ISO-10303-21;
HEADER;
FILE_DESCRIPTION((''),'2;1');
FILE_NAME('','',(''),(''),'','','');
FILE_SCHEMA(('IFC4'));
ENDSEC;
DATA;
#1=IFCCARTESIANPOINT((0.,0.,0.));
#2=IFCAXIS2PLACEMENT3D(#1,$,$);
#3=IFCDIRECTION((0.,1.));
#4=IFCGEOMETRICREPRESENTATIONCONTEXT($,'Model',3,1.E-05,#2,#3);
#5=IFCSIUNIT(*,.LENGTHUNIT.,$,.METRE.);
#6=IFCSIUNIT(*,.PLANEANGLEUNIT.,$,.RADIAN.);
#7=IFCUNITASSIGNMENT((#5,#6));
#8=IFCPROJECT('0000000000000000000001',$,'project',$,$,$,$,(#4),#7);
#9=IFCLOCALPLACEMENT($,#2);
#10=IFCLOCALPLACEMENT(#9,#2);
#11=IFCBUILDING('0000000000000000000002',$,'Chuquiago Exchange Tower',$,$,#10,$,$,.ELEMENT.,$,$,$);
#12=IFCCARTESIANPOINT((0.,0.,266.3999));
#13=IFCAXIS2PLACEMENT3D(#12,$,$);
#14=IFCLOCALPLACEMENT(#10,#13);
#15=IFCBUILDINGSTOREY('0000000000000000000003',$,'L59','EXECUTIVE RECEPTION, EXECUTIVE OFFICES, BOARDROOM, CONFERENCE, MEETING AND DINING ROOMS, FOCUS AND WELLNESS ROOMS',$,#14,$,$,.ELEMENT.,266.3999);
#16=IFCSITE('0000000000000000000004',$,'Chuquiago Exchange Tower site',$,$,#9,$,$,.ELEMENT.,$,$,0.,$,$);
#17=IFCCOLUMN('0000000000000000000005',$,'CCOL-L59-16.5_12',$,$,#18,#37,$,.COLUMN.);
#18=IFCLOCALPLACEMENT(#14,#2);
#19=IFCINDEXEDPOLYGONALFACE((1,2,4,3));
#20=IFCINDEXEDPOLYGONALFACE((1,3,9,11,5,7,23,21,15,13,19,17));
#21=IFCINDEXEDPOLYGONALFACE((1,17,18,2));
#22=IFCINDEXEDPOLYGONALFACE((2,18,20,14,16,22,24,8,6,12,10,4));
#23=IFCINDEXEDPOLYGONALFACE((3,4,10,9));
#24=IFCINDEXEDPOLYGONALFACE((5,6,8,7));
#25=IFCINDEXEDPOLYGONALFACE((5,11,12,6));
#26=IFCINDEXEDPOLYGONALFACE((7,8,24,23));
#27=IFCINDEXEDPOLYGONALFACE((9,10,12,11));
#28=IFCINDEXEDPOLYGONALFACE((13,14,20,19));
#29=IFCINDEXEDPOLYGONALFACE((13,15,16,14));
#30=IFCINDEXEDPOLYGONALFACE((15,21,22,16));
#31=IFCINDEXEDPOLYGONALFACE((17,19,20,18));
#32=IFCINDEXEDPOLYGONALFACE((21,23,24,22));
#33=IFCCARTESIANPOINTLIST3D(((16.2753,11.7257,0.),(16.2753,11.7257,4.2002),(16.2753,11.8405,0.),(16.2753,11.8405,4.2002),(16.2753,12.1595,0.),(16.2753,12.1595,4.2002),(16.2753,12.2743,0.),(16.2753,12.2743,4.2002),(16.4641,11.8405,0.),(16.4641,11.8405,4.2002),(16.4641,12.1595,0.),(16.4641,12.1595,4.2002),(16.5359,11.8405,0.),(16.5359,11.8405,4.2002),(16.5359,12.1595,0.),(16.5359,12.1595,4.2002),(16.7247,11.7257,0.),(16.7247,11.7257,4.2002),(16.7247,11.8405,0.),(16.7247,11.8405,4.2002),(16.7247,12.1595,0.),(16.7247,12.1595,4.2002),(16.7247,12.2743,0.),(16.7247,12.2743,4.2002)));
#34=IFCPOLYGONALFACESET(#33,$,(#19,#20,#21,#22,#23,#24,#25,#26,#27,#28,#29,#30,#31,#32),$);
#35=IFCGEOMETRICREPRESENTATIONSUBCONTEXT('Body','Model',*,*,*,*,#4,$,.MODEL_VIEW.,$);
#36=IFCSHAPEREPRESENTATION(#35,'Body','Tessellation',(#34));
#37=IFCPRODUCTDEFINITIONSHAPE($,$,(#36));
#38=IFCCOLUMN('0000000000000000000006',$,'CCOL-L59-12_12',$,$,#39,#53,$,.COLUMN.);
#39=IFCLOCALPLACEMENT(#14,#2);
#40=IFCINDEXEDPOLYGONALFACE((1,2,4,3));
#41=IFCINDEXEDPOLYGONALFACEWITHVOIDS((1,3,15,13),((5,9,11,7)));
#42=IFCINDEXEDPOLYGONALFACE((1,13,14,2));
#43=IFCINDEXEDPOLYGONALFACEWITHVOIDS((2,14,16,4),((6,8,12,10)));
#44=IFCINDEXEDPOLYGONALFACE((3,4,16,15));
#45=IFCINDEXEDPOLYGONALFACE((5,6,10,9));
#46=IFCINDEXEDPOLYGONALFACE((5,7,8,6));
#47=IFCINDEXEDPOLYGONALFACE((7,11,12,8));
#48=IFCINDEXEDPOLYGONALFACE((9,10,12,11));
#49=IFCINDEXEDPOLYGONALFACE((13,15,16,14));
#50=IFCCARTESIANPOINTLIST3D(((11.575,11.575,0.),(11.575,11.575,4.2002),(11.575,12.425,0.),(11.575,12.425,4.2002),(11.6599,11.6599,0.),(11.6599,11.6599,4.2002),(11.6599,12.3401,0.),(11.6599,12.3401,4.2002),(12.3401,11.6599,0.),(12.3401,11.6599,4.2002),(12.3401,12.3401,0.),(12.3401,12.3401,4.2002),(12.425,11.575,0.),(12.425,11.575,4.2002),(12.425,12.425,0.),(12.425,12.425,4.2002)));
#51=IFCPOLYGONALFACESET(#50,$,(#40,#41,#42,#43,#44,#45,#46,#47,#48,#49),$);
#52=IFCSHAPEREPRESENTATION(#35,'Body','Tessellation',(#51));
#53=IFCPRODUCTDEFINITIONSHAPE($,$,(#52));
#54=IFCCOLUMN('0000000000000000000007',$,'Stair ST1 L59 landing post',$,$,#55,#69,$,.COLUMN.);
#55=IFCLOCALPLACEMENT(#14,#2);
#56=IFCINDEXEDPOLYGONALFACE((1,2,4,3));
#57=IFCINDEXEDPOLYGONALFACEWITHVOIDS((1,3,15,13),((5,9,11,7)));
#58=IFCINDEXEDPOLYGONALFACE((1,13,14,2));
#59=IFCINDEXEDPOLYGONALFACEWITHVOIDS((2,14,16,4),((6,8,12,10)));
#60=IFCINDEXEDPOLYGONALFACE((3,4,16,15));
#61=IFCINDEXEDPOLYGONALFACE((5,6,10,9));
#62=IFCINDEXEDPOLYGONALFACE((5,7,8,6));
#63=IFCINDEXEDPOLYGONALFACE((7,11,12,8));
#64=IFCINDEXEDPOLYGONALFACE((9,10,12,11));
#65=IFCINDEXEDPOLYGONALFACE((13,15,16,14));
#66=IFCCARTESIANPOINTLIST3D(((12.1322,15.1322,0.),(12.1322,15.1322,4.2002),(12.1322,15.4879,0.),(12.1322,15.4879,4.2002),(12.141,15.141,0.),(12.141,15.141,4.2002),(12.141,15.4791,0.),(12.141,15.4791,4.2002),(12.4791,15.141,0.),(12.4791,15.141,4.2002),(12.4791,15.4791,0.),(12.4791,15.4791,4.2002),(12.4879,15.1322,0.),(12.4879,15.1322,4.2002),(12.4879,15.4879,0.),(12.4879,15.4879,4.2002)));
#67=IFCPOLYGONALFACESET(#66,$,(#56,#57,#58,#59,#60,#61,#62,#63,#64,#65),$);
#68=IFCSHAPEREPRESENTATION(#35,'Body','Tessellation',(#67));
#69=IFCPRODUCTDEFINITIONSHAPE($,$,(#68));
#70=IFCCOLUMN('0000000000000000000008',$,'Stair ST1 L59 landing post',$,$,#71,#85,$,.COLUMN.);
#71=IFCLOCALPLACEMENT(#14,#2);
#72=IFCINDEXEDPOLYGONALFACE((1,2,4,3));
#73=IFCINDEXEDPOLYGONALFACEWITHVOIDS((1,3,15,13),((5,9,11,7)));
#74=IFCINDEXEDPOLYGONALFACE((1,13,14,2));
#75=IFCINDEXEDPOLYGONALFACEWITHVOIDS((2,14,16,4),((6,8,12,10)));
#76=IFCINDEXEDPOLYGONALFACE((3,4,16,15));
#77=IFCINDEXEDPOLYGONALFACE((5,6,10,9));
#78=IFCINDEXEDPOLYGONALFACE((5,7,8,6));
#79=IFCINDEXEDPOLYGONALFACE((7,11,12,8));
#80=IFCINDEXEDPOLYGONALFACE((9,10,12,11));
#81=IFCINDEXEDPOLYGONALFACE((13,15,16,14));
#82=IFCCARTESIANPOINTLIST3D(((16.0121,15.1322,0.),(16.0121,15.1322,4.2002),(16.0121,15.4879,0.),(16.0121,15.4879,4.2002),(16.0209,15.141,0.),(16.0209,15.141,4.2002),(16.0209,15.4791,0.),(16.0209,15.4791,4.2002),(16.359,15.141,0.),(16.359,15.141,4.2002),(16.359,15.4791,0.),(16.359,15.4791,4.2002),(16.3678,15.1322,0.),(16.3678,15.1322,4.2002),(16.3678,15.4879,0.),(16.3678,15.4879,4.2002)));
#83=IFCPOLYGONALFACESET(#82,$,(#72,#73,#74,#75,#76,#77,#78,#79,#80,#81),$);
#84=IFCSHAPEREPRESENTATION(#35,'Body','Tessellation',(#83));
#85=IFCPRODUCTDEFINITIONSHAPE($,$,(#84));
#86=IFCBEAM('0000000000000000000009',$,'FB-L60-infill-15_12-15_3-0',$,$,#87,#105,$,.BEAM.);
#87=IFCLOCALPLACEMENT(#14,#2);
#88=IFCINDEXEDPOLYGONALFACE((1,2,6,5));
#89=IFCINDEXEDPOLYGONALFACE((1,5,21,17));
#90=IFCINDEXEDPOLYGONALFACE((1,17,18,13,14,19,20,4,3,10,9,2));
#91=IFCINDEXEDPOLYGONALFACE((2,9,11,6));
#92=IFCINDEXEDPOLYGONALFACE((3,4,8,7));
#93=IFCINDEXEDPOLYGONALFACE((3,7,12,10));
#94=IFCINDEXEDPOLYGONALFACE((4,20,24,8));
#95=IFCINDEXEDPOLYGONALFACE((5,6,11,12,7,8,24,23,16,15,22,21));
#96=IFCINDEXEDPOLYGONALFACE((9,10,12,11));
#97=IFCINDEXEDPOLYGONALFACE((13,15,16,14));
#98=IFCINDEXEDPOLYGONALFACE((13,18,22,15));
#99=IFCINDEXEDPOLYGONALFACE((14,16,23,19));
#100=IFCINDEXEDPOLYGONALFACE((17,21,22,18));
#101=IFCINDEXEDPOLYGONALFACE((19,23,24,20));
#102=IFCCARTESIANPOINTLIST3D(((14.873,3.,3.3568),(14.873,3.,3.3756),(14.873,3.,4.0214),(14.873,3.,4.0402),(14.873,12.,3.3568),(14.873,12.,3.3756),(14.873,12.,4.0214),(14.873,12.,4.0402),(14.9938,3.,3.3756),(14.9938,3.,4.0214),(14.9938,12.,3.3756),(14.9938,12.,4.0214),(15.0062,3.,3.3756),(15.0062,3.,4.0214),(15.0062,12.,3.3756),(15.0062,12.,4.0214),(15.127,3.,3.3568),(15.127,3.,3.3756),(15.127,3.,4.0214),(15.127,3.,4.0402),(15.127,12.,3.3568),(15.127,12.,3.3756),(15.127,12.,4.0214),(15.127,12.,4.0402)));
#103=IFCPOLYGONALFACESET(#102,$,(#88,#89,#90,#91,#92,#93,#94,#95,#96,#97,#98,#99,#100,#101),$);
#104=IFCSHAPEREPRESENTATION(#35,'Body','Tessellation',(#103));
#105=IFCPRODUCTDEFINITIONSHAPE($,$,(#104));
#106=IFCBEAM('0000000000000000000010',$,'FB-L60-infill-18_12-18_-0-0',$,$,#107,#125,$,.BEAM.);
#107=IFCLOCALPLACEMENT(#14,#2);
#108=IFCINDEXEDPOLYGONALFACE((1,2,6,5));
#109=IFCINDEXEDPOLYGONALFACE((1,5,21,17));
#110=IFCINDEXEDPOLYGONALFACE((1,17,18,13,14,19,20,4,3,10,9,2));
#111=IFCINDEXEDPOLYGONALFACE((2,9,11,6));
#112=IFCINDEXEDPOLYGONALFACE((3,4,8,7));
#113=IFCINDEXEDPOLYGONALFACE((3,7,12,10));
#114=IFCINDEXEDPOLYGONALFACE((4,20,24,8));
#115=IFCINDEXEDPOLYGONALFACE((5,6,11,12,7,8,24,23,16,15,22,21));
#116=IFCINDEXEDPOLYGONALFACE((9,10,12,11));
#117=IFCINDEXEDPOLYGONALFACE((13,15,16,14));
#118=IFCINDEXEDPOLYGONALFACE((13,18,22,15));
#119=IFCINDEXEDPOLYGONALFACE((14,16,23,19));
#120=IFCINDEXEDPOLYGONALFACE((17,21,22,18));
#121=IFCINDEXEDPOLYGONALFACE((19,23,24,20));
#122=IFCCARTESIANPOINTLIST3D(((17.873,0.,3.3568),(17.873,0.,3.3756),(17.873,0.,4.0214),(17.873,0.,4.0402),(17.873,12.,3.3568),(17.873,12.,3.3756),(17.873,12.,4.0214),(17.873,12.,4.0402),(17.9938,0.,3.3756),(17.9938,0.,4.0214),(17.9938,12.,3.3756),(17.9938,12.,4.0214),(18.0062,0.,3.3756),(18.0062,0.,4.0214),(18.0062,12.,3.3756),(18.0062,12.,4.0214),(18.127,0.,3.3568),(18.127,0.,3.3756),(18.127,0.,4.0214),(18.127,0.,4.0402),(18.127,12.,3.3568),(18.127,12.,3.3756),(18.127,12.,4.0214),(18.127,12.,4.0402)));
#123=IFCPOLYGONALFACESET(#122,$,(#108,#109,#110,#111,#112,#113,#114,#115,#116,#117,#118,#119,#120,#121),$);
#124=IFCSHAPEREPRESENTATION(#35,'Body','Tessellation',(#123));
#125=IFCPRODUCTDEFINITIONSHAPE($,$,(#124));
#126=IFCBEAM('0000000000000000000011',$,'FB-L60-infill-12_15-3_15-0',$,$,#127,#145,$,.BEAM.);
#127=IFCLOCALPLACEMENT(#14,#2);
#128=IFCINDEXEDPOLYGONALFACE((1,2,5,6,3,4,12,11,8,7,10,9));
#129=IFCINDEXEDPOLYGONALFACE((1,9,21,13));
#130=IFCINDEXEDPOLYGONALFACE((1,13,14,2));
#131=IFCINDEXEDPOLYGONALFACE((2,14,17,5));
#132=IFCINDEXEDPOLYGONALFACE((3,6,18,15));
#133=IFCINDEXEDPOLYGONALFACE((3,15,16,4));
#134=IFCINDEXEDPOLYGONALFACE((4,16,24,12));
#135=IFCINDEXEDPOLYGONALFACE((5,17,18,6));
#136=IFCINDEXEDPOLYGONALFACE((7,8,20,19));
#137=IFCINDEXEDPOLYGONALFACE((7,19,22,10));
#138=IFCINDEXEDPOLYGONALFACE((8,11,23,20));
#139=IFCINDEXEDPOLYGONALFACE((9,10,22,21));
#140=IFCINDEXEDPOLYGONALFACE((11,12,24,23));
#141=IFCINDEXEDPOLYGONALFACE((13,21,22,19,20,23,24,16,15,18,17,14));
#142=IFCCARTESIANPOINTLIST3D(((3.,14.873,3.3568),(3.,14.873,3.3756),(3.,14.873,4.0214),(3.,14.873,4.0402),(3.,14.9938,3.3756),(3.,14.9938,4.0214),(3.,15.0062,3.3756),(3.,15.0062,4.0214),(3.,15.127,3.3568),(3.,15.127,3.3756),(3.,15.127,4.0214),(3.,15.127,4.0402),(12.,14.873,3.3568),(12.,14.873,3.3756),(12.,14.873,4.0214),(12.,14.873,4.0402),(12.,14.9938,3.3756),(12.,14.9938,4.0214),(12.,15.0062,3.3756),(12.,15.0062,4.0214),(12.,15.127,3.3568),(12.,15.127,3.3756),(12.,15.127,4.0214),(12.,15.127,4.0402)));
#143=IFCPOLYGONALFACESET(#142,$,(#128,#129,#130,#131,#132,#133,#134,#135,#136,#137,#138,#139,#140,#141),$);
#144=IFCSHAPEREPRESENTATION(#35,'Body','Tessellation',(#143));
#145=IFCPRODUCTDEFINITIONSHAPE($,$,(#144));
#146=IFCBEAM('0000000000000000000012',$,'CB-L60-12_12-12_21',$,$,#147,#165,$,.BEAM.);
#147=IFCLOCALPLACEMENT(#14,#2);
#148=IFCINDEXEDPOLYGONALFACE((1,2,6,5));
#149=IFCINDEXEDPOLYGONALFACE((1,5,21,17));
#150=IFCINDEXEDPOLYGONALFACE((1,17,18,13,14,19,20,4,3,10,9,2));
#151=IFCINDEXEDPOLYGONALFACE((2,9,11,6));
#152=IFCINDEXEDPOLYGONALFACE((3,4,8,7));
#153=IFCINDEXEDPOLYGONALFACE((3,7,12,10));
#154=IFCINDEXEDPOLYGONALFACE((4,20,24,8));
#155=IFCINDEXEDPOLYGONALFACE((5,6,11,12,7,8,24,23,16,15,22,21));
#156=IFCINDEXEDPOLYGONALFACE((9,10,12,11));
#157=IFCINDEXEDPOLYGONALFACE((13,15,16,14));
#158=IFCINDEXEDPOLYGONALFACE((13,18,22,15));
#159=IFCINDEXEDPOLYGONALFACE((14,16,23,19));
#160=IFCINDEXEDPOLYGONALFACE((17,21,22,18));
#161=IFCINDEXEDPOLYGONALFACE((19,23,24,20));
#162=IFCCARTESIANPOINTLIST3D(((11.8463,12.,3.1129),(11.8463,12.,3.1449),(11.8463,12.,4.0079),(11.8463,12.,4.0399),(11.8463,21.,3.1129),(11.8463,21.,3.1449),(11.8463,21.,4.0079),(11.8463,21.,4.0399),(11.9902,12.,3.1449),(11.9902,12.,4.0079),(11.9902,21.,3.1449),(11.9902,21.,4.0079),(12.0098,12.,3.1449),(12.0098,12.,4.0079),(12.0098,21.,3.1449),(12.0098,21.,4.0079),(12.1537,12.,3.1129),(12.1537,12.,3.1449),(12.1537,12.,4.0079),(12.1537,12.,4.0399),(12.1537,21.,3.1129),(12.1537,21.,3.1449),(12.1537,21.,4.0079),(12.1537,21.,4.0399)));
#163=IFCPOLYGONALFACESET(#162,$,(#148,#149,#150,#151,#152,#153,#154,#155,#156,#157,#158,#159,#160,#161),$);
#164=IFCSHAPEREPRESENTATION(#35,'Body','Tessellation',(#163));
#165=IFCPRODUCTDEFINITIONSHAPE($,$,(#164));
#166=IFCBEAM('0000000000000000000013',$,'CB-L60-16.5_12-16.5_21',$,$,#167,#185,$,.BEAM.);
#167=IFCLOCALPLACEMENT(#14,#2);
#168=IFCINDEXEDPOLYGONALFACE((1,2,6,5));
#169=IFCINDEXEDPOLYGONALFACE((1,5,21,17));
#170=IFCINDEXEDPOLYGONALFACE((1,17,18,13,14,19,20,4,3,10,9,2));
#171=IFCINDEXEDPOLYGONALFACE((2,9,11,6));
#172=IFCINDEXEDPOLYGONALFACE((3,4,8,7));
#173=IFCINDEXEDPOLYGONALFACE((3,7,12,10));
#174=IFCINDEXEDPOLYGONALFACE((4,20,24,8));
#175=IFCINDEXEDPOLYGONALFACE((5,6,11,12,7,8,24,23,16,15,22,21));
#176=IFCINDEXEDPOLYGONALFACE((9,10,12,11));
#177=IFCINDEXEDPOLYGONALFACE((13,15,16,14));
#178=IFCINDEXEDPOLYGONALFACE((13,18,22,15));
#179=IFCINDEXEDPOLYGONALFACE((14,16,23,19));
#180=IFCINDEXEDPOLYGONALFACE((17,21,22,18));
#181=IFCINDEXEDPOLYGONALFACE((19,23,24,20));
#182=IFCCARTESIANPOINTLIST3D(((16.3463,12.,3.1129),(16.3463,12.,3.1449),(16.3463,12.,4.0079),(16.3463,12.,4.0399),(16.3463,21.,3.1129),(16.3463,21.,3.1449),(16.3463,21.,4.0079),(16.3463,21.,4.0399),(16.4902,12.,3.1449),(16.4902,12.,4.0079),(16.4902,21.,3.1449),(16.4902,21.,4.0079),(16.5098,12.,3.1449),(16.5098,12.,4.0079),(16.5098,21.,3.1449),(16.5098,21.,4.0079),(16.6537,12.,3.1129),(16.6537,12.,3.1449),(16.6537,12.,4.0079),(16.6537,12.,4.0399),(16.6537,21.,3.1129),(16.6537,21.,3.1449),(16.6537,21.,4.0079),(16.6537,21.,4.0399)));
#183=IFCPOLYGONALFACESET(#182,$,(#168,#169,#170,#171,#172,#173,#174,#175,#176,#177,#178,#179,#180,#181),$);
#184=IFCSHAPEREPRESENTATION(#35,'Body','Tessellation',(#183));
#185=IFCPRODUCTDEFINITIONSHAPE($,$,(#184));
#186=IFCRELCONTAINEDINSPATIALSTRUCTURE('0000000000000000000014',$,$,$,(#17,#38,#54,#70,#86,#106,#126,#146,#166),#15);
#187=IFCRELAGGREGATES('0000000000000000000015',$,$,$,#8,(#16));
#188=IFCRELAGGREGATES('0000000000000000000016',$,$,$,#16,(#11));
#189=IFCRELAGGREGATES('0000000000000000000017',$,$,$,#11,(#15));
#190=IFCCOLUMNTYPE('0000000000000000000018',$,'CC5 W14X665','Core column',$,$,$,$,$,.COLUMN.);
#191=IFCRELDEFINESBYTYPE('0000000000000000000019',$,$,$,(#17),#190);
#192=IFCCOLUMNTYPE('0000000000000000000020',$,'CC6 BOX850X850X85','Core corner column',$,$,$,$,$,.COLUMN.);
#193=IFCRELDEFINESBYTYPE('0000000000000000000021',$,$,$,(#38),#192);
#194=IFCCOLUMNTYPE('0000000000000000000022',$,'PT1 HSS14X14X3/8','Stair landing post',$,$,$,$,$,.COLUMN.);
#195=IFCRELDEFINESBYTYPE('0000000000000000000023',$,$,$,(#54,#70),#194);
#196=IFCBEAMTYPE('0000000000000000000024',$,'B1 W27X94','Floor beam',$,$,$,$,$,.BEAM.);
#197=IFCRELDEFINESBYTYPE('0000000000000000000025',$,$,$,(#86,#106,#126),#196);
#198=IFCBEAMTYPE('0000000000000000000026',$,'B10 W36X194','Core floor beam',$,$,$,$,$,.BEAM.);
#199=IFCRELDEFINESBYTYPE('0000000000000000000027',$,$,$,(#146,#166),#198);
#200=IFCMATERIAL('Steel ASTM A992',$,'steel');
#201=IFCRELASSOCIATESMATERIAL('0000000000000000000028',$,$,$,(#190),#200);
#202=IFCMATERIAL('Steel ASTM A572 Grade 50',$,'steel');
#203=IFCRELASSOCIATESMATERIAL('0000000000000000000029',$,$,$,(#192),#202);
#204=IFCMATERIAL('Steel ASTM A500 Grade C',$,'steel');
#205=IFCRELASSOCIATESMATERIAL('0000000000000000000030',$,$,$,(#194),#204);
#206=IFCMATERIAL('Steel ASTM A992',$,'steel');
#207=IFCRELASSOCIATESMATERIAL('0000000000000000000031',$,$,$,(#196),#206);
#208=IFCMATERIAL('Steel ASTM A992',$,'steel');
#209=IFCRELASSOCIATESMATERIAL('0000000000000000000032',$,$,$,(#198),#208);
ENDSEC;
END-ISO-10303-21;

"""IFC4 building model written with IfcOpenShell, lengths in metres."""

from ifc_helpers import new_model, si_unit, direction, frame, origin, origin_2d, place, context, subcontext, project, spatial, hollow_rectangle, i_section, extrude, material, material_profile, profile_set, type_object, element, save


model = new_model("IFC4")

# Units and contexts
model_context = context("Model", 3, precision=1e-05, world=origin(), true_north=direction((0.0, 1.0)))
body_context = subcontext(model_context, "Body", "Model", "MODEL_VIEW")
ifc_project = project(units=[si_unit("LENGTHUNIT", "METRE"), si_unit("PLANEANGLEUNIT", "RADIAN")], contexts=[model_context])

# Site, building, storey
site_placement = place(None, origin())
site = spatial("IfcSite", under=ifc_project, at=site_placement, Name="Chuquiago Exchange Tower site", CompositionType="ELEMENT", RefElevation=0.0)
building_placement = place(site_placement, origin())
building = spatial("IfcBuilding", under=site, at=building_placement, Name="Chuquiago Exchange Tower", CompositionType="ELEMENT")
storey_placement = place(building_placement, frame((0.0, 0.0, 266.3999)))
storey = spatial("IfcBuildingStorey", under=building, at=storey_placement, Name="L59", Description="EXECUTIVE RECEPTION, EXECUTIVE OFFICES, BOARDROOM, CONFERENCE, MEETING AND DINING ROOMS, FOCUS AND WELLNESS ROOMS", CompositionType="ELEMENT", Elevation=266.3999)

# Columns
ifc_material_1 = material(Name="Steel ASTM A992", Category="steel")
ifc_material_profile_1 = material_profile(ifc_material_1, i_section(OverallWidth=0.4495, OverallDepth=0.5486, WebThickness=0.0718, FlangeThickness=0.1147, at=origin_2d()), Name="W14X665")
ifc_profile_set_1 = profile_set([ifc_material_profile_1], Name="Steel ASTM A992")
column_type_1 = type_object("IfcColumnType", Name="CC5 W14X665", Description="Core column", PredefinedType="COLUMN", material=ifc_profile_set_1)
column_1_placement = place(storey_placement, frame((16.5, 12.0, 0.0), z_axis=(0.0, 0.0, 1.0), x_axis=(1.0, 0.0, 0.0)))
element("IfcColumn", 1, at=column_1_placement, inside=storey, type_object=column_type_1, Name="CCOL-L59-16.5_12", PredefinedType="COLUMN", context=body_context, shape_type="SweptSolid", body=[
    extrude(i_section(OverallWidth=0.4495, OverallDepth=0.5486, WebThickness=0.0718, FlangeThickness=0.1147, at=origin_2d()), origin(), (0.0, 0.0, 1.0), 4.2002),
])
ifc_material_2 = material(Name="Steel ASTM A572 Grade 50", Category="steel")
ifc_material_profile_2 = material_profile(ifc_material_2, hollow_rectangle(XDim=0.8501, YDim=0.8501, WallThickness=0.085, at=origin_2d()), Name="BOX850X850X85")
ifc_profile_set_2 = profile_set([ifc_material_profile_2], Name="Steel ASTM A572 Grade 50")
column_type_2 = type_object("IfcColumnType", Name="CC6 BOX850X850X85", Description="Core corner column", PredefinedType="COLUMN", material=ifc_profile_set_2)
column_2_placement = place(storey_placement, frame((12.0, 12.0, 0.0), z_axis=(0.0, 0.0, 1.0), x_axis=(1.0, 0.0, 0.0)))
element("IfcColumn", 2, at=column_2_placement, inside=storey, type_object=column_type_2, Name="CCOL-L59-12_12", PredefinedType="COLUMN", context=body_context, shape_type="SweptSolid", body=[
    extrude(hollow_rectangle(XDim=0.8501, YDim=0.8501, WallThickness=0.085, at=origin_2d()), origin(), (0.0, 0.0, 1.0), 4.2002),
])
ifc_material_3 = material(Name="Steel ASTM A500 Grade C", Category="steel")
ifc_material_profile_3 = material_profile(ifc_material_3, hollow_rectangle(XDim=0.3557, YDim=0.3557, WallThickness=0.0088, at=origin_2d()), Name="HSS14X14X3/8")
ifc_profile_set_3 = profile_set([ifc_material_profile_3], Name="Steel ASTM A500 Grade C")
column_type_3 = type_object("IfcColumnType", Name="PT1 HSS14X14X3/8", Description="Stair landing post", PredefinedType="COLUMN", material=ifc_profile_set_3)
for number, where, z_axis, x_axis, name in (
    (3, (12.3101, 15.3101, 0.0), (0.0, 0.0, 1.0), (1.0, 0.0, 0.0), "Stair ST1 L59 landing post"),
    (4, (16.1899, 15.3101, 0.0), (0.0, 0.0, 1.0), (1.0, 0.0, 0.0), "Stair ST1 L59 landing post"),
):
    element("IfcColumn", number, at=place(storey_placement, frame(where, z_axis=z_axis, x_axis=x_axis)), inside=storey, type_object=column_type_3, Name=name, PredefinedType="COLUMN", context=body_context, shape_type="SweptSolid", body=[
        extrude(hollow_rectangle(XDim=0.3557, YDim=0.3557, WallThickness=0.0088, at=origin_2d()), origin(), (0.0, 0.0, 1.0), 4.2002),
    ])

# Beams
ifc_material_4 = material(Name="Steel ASTM A992", Category="steel")
ifc_material_profile_4 = material_profile(ifc_material_4, i_section(OverallWidth=0.2539, OverallDepth=0.6833, WebThickness=0.0125, FlangeThickness=0.0188, at=origin_2d()), Name="W27X94")
ifc_profile_set_4 = profile_set([ifc_material_profile_4], Name="Steel ASTM A992")
beam_type_1 = type_object("IfcBeamType", Name="B1 W27X94", Description="Floor beam", PredefinedType="BEAM", material=ifc_profile_set_4)
beam_1_placement = place(storey_placement, frame((15.0, 12.0, 3.6985), z_axis=(0.0, -1.0, 0.0), x_axis=(1.0, 0.0, 0.0)))
element("IfcBeam", 5, at=beam_1_placement, inside=storey, type_object=beam_type_1, Name="FB-L60-infill-15_12-15_3-0", PredefinedType="BEAM", context=body_context, shape_type="SweptSolid", body=[
    extrude(i_section(OverallWidth=0.2539, OverallDepth=0.6833, WebThickness=0.0125, FlangeThickness=0.0188, at=origin_2d()), origin(), (0.0, 0.0, 1.0), 9.0),
])
beam_2_placement = place(storey_placement, frame((18.0, 12.0, 3.6985), z_axis=(0.0, -1.0, 0.0), x_axis=(1.0, 0.0, 0.0)))
element("IfcBeam", 6, at=beam_2_placement, inside=storey, type_object=beam_type_1, Name="FB-L60-infill-18_12-18_-0-0", PredefinedType="BEAM", context=body_context, shape_type="SweptSolid", body=[
    extrude(i_section(OverallWidth=0.2539, OverallDepth=0.6833, WebThickness=0.0125, FlangeThickness=0.0188, at=origin_2d()), origin(), (0.0, 0.0, 1.0), 12.0),
])
beam_3_placement = place(storey_placement, frame((12.0, 15.0, 3.6985), z_axis=(-1.0, 0.0, 0.0), x_axis=(0.0, -1.0, 0.0)))
element("IfcBeam", 7, at=beam_3_placement, inside=storey, type_object=beam_type_1, Name="FB-L60-infill-12_15-3_15-0", PredefinedType="BEAM", context=body_context, shape_type="SweptSolid", body=[
    extrude(i_section(OverallWidth=0.2539, OverallDepth=0.6833, WebThickness=0.0125, FlangeThickness=0.0188, at=origin_2d()), origin(), (0.0, 0.0, 1.0), 9.0),
])
ifc_material_5 = material(Name="Steel ASTM A992", Category="steel")
ifc_material_profile_5 = material_profile(ifc_material_5, i_section(OverallWidth=0.3074, OverallDepth=0.927, WebThickness=0.0195, FlangeThickness=0.032, at=origin_2d()), Name="W36X194")
ifc_profile_set_5 = profile_set([ifc_material_profile_5], Name="Steel ASTM A992")
beam_type_2 = type_object("IfcBeamType", Name="B10 W36X194", Description="Core floor beam", PredefinedType="BEAM", material=ifc_profile_set_5)
for number, where, z_axis, x_axis, name in (
    (8, (12.0, 12.0, 3.5764), (0.0, 1.0, 0.0), (-1.0, 0.0, 0.0), "CB-L60-12_12-12_21"),
    (9, (16.5, 12.0, 3.5764), (0.0, 1.0, 0.0), (-1.0, 0.0, 0.0), "CB-L60-16.5_12-16.5_21"),
):
    element("IfcBeam", number, at=place(storey_placement, frame(where, z_axis=z_axis, x_axis=x_axis)), inside=storey, type_object=beam_type_2, Name=name, PredefinedType="BEAM", context=body_context, shape_type="SweptSolid", body=[
        extrude(i_section(OverallWidth=0.3074, OverallDepth=0.927, WebThickness=0.0195, FlangeThickness=0.032, at=origin_2d()), origin(), (0.0, 0.0, 1.0), 9.0),
    ])

save(model, "model.ifc")
